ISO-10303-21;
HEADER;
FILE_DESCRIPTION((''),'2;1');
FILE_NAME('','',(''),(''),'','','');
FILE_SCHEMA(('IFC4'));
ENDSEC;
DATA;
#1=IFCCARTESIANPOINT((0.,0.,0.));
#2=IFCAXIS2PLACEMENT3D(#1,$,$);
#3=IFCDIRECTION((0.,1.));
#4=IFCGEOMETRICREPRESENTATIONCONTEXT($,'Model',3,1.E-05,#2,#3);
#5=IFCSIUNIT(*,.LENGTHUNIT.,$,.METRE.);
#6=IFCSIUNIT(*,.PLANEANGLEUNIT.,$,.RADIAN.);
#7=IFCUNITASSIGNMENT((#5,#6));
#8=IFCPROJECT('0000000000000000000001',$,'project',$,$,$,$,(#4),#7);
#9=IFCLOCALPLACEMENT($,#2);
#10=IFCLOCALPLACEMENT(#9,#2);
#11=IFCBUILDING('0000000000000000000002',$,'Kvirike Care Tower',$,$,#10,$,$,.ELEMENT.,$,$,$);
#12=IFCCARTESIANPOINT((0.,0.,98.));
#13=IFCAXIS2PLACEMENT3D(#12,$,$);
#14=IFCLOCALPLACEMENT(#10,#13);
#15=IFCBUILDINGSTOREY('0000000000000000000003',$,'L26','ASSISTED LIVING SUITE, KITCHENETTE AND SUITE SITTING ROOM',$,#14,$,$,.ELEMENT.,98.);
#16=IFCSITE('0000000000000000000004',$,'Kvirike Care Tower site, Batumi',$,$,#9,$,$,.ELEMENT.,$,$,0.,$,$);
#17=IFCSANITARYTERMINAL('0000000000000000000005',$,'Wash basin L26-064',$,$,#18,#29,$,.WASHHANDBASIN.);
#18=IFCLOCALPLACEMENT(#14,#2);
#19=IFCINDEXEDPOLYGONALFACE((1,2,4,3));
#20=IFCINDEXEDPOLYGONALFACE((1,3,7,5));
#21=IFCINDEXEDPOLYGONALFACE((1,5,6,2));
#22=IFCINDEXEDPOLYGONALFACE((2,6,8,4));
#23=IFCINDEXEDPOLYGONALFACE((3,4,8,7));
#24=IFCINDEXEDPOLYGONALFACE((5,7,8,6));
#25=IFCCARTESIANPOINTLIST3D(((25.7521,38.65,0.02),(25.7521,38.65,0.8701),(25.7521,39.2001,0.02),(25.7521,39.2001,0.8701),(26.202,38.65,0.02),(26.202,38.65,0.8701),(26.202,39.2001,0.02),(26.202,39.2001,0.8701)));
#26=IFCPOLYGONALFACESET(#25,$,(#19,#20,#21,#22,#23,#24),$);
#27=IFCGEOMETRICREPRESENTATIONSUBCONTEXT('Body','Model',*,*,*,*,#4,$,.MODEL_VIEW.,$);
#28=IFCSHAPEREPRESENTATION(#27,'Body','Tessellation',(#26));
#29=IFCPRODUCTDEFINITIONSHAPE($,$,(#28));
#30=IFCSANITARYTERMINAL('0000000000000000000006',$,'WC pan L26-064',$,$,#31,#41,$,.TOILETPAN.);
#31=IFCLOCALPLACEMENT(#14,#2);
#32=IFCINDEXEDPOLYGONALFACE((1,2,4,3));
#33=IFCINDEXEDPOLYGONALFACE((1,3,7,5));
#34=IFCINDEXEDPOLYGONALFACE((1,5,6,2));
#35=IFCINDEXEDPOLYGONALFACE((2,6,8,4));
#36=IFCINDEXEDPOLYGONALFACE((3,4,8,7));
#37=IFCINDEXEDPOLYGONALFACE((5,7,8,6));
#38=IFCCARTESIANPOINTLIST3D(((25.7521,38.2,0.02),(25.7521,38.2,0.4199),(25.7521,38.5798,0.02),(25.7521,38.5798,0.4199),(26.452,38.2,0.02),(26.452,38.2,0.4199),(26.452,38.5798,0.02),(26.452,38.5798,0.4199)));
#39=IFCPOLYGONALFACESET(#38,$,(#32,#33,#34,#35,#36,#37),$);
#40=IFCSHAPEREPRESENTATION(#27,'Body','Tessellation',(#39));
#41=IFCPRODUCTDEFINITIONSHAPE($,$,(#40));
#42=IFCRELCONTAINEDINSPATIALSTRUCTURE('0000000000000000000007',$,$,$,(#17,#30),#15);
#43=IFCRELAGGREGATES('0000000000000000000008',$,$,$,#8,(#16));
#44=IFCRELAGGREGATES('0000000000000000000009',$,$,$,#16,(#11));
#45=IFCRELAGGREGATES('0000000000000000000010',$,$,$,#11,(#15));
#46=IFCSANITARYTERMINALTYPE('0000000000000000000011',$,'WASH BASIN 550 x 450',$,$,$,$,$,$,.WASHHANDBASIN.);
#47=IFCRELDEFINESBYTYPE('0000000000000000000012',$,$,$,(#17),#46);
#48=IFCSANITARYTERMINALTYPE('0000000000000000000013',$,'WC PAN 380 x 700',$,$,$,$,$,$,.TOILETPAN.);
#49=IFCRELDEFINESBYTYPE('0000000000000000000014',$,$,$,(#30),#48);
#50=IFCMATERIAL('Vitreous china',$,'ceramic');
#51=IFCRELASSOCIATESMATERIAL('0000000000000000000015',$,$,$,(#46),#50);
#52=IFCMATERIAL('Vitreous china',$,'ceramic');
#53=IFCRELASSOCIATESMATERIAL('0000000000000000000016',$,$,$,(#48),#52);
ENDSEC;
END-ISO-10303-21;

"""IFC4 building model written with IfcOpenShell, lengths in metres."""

from ifc_helpers import new_model, si_unit, direction, frame, origin, origin_2d, place, context, subcontext, project, spatial, rectangle, extrude, material, type_object, element, save


model = new_model("IFC4")

# Units and contexts
model_context = context("Model", 3, precision=1e-05, world=origin(), true_north=direction((0.0, 1.0)))
body_context = subcontext(model_context, "Body", "Model", "MODEL_VIEW")
ifc_project = project(units=[si_unit("LENGTHUNIT", "METRE"), si_unit("PLANEANGLEUNIT", "RADIAN")], contexts=[model_context])

# Site, building, storey
site_placement = place(None, origin())
site = spatial("IfcSite", under=ifc_project, at=site_placement, Name="Kvirike Care Tower site, Batumi", CompositionType="ELEMENT", RefElevation=0.0)
building_placement = place(site_placement, origin())
building = spatial("IfcBuilding", under=site, at=building_placement, Name="Kvirike Care Tower", CompositionType="ELEMENT")
storey_placement = place(building_placement, frame((0.0, 0.0, 98.0)))
storey = spatial("IfcBuildingStorey", under=building, at=storey_placement, Name="L26", Description="ASSISTED LIVING SUITE, KITCHENETTE AND SUITE SITTING ROOM", CompositionType="ELEMENT", Elevation=98.0)

# Sanitary terminals
ifc_material_1 = material(Name="Vitreous china", Category="ceramic")
sanitary_terminal_type_1 = type_object("IfcSanitaryTerminalType", Name="WASH BASIN 550 x 450", PredefinedType="WASHHANDBASIN", material=ifc_material_1)
sanitary_terminal_1_placement = place(storey_placement, frame((25.9771, 38.925, 0.02), z_axis=(0.0, 0.0, 1.0), x_axis=(0.0, 1.0, 0.0)))
element("IfcSanitaryTerminal", 1, at=sanitary_terminal_1_placement, inside=storey, type_object=sanitary_terminal_type_1, Name="Wash basin L26-064", PredefinedType="WASHHANDBASIN", context=body_context, shape_type="SweptSolid", body=[
    extrude(rectangle(XDim=0.55, YDim=0.45, at=origin_2d()), origin(), (0.0, 0.0, 1.0), 0.8501),
])
ifc_material_2 = material(Name="Vitreous china", Category="ceramic")
sanitary_terminal_type_2 = type_object("IfcSanitaryTerminalType", Name="WC PAN 380 x 700", PredefinedType="TOILETPAN", material=ifc_material_2)
sanitary_terminal_2_placement = place(storey_placement, frame((26.1021, 38.3899, 0.02), z_axis=(0.0, 0.0, 1.0), x_axis=(0.0, 1.0, 0.0)))
element("IfcSanitaryTerminal", 2, at=sanitary_terminal_2_placement, inside=storey, type_object=sanitary_terminal_type_2, Name="WC pan L26-064", PredefinedType="TOILETPAN", context=body_context, shape_type="SweptSolid", body=[
    extrude(rectangle(XDim=0.3799, YDim=0.7, at=origin_2d()), origin(), (0.0, 0.0, 1.0), 0.3999),
])

save(model, "model.ifc")
